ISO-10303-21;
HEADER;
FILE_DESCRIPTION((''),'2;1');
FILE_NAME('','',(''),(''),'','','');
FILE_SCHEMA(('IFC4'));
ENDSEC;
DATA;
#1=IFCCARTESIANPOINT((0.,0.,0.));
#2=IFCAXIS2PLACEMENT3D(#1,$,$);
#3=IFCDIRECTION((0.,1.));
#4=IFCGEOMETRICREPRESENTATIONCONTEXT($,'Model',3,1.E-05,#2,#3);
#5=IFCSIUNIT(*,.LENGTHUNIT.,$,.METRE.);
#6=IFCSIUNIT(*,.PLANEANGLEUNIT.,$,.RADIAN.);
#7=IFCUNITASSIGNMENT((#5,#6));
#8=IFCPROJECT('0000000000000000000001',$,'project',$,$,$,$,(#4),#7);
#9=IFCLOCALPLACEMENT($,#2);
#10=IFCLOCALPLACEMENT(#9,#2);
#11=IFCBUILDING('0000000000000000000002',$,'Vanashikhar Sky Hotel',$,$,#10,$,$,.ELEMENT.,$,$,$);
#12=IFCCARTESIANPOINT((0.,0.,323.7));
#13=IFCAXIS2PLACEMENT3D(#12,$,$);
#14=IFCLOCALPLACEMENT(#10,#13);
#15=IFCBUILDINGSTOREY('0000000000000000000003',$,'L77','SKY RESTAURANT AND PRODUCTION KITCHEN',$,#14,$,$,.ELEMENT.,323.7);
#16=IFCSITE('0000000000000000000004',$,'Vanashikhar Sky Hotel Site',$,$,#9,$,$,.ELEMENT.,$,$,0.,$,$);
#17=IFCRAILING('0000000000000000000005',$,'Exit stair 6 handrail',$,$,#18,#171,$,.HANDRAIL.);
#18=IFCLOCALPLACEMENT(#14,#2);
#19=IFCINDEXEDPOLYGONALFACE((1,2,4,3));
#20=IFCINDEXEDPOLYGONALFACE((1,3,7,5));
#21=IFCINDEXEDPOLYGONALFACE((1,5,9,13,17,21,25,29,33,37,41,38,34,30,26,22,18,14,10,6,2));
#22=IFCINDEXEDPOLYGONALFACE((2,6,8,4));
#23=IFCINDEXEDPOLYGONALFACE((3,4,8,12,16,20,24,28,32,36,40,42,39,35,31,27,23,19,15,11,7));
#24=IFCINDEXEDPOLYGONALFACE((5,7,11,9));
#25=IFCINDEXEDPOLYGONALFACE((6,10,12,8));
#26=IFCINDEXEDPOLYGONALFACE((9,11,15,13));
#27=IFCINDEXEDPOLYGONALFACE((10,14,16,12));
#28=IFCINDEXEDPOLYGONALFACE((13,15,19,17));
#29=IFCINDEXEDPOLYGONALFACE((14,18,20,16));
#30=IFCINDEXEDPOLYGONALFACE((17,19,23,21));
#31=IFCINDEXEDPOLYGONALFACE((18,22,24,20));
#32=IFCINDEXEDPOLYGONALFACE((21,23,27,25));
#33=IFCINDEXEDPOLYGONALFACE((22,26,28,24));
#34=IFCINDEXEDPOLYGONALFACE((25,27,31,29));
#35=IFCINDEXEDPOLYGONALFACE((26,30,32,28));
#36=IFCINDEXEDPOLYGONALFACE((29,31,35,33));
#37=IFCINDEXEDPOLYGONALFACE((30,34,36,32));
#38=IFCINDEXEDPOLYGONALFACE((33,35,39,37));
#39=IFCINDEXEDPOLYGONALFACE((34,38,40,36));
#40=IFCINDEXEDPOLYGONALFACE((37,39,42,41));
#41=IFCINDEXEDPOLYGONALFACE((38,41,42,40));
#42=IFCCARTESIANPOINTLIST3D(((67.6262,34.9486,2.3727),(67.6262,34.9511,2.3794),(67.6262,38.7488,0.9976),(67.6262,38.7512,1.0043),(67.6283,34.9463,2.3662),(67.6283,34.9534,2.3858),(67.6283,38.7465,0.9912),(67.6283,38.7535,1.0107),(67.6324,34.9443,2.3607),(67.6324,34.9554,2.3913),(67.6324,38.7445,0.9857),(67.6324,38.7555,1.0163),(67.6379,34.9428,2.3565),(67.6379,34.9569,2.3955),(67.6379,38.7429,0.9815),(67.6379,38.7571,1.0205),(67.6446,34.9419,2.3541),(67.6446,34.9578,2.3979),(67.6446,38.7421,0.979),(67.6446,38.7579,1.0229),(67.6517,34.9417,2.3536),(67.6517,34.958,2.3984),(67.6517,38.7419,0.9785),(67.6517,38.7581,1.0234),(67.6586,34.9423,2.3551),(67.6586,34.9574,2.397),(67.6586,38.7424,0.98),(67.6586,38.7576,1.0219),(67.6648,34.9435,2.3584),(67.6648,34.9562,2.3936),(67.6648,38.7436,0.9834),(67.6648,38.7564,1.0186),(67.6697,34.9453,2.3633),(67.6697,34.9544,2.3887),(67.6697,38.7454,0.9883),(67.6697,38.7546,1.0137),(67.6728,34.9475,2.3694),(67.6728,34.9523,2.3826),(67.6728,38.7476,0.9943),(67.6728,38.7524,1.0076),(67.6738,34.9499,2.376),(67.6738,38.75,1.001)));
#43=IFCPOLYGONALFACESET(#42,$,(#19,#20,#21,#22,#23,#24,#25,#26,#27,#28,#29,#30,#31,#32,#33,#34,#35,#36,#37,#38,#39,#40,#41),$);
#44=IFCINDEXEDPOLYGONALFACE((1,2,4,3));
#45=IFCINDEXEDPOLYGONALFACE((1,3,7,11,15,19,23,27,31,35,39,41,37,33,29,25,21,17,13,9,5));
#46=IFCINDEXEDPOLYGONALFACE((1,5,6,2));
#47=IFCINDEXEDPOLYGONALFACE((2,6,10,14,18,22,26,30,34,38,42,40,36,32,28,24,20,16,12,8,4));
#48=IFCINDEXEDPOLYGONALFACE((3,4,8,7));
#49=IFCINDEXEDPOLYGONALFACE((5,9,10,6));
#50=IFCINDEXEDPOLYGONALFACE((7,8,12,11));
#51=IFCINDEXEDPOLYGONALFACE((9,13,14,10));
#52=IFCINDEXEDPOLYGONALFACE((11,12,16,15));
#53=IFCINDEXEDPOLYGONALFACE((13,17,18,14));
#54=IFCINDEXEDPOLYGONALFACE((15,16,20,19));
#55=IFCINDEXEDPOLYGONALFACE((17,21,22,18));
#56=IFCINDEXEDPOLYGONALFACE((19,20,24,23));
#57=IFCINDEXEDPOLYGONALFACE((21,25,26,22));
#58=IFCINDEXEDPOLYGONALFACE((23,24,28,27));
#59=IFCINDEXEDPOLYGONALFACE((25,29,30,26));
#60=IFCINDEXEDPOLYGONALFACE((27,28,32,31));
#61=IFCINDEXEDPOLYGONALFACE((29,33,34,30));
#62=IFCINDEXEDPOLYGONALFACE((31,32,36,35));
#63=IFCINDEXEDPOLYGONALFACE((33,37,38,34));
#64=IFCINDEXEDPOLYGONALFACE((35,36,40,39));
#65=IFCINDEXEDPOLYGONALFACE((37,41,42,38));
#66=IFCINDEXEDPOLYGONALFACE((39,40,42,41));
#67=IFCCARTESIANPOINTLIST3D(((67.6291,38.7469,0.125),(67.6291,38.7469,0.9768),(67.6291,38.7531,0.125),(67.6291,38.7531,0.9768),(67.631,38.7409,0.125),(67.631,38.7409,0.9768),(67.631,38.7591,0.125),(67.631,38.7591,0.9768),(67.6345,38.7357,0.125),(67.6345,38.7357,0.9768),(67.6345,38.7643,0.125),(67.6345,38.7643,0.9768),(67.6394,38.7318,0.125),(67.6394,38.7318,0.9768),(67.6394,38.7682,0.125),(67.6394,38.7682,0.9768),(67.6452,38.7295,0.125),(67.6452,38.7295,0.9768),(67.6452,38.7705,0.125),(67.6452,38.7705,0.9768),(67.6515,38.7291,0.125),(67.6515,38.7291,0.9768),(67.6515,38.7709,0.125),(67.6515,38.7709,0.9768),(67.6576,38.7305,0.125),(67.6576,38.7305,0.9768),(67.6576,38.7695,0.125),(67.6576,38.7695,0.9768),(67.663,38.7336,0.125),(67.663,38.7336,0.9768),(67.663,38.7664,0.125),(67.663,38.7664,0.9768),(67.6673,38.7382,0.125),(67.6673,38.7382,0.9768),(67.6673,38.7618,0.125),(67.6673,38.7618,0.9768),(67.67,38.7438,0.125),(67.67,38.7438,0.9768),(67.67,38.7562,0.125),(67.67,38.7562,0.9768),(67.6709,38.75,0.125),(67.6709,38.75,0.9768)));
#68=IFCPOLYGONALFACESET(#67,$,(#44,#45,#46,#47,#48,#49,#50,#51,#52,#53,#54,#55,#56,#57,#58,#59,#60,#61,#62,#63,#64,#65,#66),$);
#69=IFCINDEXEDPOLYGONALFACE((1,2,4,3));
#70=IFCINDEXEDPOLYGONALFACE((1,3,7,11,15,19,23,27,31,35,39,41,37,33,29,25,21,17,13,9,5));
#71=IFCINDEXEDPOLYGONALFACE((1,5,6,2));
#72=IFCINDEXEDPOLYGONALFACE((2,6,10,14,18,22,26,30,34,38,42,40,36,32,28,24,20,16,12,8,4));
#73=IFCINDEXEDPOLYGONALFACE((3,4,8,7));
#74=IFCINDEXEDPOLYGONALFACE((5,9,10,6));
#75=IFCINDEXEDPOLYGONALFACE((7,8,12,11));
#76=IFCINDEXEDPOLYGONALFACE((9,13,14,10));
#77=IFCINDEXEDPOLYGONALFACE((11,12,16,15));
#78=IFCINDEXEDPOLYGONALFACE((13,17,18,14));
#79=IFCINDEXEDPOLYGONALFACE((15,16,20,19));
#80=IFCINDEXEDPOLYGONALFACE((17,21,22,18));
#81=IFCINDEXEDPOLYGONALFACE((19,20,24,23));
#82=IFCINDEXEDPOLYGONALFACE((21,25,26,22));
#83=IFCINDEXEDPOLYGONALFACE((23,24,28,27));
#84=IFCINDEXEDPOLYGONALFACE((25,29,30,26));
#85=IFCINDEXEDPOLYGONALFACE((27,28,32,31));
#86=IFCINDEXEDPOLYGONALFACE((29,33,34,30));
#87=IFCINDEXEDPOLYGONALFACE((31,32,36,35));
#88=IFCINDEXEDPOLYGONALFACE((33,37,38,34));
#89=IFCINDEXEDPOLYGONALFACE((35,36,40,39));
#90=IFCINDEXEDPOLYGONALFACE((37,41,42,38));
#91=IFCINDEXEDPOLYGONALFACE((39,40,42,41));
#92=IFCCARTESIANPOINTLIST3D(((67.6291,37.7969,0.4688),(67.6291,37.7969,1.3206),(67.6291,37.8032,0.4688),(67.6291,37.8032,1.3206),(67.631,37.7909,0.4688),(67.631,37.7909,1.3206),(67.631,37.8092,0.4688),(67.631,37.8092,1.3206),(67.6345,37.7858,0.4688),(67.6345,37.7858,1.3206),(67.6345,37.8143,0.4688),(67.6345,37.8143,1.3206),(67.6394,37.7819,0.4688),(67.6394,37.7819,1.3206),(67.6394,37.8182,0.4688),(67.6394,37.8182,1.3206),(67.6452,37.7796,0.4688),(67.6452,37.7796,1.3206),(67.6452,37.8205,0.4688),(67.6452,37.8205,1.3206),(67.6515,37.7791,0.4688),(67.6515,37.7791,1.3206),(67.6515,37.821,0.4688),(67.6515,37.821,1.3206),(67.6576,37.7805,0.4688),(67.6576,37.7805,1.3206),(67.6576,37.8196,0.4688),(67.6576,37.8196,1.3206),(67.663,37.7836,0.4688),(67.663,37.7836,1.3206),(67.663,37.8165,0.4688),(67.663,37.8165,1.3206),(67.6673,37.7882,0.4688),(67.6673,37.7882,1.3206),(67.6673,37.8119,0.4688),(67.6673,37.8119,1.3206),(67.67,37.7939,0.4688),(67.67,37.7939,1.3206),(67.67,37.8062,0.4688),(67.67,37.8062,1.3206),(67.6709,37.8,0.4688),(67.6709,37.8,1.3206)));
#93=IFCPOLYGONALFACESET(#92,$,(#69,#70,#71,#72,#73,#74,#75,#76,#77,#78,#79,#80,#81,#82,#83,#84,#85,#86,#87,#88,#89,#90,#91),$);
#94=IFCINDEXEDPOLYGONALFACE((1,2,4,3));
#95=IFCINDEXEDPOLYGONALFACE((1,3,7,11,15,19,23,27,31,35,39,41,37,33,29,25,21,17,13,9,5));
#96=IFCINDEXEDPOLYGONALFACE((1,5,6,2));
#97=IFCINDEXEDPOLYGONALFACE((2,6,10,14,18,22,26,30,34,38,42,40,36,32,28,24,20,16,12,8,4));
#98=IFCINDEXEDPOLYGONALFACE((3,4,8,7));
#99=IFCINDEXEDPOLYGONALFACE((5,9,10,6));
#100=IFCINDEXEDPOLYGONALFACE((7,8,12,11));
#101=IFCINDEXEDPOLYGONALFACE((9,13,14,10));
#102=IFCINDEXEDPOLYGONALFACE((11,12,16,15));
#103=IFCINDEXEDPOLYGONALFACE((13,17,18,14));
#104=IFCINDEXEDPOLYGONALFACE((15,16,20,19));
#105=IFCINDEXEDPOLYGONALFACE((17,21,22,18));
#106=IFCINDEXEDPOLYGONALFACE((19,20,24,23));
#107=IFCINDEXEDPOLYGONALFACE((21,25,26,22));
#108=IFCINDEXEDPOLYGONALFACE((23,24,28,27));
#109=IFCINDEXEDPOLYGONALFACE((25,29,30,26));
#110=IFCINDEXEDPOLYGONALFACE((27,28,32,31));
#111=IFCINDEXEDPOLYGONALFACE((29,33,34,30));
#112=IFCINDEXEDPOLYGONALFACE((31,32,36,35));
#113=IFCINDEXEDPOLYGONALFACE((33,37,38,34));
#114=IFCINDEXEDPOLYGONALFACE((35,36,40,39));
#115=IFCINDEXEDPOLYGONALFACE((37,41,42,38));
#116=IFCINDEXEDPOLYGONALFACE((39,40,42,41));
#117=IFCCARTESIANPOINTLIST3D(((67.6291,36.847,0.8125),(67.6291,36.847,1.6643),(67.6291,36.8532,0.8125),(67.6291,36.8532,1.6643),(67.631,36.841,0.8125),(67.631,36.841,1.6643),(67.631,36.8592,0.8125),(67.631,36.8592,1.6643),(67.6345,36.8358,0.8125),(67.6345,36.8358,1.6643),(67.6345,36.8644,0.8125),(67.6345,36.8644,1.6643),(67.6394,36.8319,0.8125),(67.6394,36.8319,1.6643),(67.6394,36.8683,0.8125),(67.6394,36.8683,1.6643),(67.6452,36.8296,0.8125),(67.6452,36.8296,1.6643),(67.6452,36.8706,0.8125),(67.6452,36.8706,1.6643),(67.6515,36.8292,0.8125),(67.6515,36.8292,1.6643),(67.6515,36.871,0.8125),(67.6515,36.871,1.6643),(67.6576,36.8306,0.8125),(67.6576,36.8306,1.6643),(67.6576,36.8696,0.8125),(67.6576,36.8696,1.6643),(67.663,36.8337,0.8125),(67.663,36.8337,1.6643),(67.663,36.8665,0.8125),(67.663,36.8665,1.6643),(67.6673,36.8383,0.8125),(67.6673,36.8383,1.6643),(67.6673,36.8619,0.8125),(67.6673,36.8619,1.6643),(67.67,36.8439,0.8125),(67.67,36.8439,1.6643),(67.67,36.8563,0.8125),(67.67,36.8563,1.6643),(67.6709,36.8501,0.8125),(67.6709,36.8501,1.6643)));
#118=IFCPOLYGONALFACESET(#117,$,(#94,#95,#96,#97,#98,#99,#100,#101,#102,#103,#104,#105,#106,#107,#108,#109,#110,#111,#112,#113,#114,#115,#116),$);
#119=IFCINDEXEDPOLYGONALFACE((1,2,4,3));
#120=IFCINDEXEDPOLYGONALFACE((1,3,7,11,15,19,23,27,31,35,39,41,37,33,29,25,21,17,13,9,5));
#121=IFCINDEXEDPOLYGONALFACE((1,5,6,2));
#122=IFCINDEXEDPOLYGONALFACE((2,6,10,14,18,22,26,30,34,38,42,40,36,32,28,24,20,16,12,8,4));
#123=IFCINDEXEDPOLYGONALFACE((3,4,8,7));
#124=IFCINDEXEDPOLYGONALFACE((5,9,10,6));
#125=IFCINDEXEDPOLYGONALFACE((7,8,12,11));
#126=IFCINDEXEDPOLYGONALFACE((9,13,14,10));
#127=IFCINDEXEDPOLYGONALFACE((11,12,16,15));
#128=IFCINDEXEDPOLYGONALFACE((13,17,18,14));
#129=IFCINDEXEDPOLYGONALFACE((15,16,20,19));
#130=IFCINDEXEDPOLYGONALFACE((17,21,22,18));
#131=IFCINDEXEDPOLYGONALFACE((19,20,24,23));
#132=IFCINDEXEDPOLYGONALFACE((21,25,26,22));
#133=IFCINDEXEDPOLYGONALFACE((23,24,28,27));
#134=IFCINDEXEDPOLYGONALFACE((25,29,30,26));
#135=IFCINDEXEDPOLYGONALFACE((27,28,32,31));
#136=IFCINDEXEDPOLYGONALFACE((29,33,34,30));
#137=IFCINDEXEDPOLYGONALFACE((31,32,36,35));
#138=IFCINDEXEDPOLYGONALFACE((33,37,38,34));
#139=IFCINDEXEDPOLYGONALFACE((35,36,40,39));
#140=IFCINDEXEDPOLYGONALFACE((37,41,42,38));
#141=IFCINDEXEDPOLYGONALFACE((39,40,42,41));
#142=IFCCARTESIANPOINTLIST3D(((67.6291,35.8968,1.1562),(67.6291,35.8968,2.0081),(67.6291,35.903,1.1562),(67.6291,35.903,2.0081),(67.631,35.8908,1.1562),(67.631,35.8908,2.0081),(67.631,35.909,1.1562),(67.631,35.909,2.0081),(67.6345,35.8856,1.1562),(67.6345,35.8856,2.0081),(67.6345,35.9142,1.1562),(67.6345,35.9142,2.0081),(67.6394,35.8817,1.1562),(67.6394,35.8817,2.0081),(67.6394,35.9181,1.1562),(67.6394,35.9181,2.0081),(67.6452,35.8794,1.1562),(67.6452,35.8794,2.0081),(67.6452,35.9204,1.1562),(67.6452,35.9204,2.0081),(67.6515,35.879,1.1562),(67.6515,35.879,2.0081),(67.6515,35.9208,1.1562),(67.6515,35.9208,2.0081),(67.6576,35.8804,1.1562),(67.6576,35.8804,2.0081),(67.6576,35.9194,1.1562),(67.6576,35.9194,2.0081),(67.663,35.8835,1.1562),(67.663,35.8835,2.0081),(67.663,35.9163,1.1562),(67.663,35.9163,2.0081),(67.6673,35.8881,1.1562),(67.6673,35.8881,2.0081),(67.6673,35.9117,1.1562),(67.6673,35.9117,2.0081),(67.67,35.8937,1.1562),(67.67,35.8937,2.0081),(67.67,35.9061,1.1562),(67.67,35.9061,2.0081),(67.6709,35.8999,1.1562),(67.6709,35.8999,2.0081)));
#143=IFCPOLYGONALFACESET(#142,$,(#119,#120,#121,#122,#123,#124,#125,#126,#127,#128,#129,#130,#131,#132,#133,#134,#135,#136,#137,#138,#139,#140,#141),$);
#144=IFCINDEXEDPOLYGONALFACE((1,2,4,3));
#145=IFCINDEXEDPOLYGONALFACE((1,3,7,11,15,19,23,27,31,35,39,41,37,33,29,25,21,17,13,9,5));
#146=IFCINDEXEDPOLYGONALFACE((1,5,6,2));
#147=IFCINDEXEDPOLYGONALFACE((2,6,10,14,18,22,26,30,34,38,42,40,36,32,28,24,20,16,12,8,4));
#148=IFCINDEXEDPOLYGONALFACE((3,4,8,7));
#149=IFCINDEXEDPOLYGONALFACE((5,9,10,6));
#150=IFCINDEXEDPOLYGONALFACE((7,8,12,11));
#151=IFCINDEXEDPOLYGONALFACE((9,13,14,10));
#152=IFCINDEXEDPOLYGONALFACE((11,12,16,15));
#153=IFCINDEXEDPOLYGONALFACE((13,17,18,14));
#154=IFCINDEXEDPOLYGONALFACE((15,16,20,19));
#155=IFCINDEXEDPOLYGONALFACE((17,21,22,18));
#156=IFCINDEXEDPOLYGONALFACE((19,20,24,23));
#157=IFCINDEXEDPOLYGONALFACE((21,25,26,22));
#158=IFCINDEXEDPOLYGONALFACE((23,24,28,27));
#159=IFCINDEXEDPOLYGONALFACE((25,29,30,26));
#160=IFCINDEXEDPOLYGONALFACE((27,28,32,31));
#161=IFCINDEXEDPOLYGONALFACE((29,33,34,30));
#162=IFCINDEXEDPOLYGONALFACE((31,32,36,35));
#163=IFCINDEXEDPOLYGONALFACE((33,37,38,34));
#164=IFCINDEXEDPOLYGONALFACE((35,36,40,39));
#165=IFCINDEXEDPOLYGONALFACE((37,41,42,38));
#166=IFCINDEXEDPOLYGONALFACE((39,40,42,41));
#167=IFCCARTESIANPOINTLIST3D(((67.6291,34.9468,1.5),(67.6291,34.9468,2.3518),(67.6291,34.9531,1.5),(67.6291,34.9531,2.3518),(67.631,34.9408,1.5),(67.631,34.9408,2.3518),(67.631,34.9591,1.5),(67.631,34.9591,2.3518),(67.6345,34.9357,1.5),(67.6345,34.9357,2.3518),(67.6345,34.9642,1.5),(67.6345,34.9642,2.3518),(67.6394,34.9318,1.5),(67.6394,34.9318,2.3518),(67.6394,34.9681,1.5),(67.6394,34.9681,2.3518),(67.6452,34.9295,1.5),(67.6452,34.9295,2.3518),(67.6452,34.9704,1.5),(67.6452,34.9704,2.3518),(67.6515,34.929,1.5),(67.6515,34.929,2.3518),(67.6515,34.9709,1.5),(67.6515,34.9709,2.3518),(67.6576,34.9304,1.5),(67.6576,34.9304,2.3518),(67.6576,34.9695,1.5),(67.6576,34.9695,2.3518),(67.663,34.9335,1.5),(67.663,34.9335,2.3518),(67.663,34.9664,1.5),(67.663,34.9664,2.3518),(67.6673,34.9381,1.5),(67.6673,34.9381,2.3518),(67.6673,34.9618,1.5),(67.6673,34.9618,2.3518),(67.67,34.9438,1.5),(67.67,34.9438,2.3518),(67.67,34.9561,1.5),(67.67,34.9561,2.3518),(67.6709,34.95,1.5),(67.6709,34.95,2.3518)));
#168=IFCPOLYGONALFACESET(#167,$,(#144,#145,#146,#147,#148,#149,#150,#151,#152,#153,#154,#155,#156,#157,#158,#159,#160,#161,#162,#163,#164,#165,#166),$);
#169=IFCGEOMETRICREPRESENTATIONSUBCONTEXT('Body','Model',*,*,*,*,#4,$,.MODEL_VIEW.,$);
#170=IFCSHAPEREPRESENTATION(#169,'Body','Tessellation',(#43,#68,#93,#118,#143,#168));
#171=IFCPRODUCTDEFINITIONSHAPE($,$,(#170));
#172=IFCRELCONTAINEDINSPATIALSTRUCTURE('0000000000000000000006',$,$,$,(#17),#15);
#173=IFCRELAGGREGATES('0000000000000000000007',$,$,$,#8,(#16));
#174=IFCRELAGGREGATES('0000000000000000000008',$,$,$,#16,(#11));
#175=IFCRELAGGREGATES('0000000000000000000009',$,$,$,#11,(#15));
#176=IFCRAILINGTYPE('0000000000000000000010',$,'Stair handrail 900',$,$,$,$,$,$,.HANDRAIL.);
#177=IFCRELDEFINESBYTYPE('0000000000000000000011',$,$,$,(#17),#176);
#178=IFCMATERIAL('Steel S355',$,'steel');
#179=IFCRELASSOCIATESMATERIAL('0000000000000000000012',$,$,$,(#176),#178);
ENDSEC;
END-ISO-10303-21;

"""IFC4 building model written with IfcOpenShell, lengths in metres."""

from ifc_helpers import new_model, si_unit, direction, frame, origin, origin_2d, place, context, subcontext, project, spatial, circle, extrude, source, transform, mapped, material, type_object, element, save


model = new_model("IFC4")

# Units and contexts
model_context = context("Model", 3, precision=1e-05, world=origin(), true_north=direction((0.0, 1.0)))
body_context = subcontext(model_context, "Body", "Model", "MODEL_VIEW")
ifc_project = project(units=[si_unit("LENGTHUNIT", "METRE"), si_unit("PLANEANGLEUNIT", "RADIAN")], contexts=[model_context])

# Site, building, storey
site_placement = place(None, origin())
site = spatial("IfcSite", under=ifc_project, at=site_placement, Name="Vanashikhar Sky Hotel Site", CompositionType="ELEMENT", RefElevation=0.0)
building_placement = place(site_placement, origin())
building = spatial("IfcBuilding", under=site, at=building_placement, Name="Vanashikhar Sky Hotel", CompositionType="ELEMENT")
storey_placement = place(building_placement, frame((0.0, 0.0, 323.7)))
storey = spatial("IfcBuildingStorey", under=building, at=storey_placement, Name="L77", Description="SKY RESTAURANT AND PRODUCTION KITCHEN", CompositionType="ELEMENT", Elevation=323.7)

# Railing
ifc_material_1 = material(Name="Steel S355", Category="steel")
railing_type = type_object("IfcRailingType", Name="Stair handrail 900", PredefinedType="HANDRAIL", material=ifc_material_1)
shared_shape_1 = source(origin(), body_context, "Body", "SweptSolid", [
    extrude(circle(Radius=0.0239, at=origin_2d()), frame((0.0, 0.0, 0.876), z_axis=(0.0, -0.940336, 0.340249), x_axis=(1.0, 0.0, 0.0)), (0.0, 0.0, 1.0), 4.0413),
    extrude(circle(Radius=0.021, at=origin_2d()), origin(), (0.0, 0.0, 1.0), 0.8518),
    extrude(circle(Radius=0.021, at=origin_2d()), frame((0.0, -0.95, 0.3438)), (0.0, 0.0, 1.0), 0.8518),
    extrude(circle(Radius=0.021, at=origin_2d()), frame((0.0, -1.8999, 0.6875)), (0.0, 0.0, 1.0), 0.8518),
    extrude(circle(Radius=0.021, at=origin_2d()), frame((0.0, -2.8501, 1.0312)), (0.0, 0.0, 1.0), 0.8518),
    extrude(circle(Radius=0.021, at=origin_2d()), frame((0.0, -3.8, 1.375)), (0.0, 0.0, 1.0), 0.8518),
])
for number, where, name in (
    (1, (67.6499, 38.75, 0.125), "Exit stair 6 handrail"),
):
    element("IfcRailing", number, at=place(storey_placement, frame(where)), inside=storey, type_object=railing_type, Name=name, PredefinedType="HANDRAIL", context=body_context, shape_type="MappedRepresentation", body=[
        mapped(shared_shape_1, transform((0.0, 0.0, 0.0), scale=1.0)),
    ])

save(model, "model.ifc")
